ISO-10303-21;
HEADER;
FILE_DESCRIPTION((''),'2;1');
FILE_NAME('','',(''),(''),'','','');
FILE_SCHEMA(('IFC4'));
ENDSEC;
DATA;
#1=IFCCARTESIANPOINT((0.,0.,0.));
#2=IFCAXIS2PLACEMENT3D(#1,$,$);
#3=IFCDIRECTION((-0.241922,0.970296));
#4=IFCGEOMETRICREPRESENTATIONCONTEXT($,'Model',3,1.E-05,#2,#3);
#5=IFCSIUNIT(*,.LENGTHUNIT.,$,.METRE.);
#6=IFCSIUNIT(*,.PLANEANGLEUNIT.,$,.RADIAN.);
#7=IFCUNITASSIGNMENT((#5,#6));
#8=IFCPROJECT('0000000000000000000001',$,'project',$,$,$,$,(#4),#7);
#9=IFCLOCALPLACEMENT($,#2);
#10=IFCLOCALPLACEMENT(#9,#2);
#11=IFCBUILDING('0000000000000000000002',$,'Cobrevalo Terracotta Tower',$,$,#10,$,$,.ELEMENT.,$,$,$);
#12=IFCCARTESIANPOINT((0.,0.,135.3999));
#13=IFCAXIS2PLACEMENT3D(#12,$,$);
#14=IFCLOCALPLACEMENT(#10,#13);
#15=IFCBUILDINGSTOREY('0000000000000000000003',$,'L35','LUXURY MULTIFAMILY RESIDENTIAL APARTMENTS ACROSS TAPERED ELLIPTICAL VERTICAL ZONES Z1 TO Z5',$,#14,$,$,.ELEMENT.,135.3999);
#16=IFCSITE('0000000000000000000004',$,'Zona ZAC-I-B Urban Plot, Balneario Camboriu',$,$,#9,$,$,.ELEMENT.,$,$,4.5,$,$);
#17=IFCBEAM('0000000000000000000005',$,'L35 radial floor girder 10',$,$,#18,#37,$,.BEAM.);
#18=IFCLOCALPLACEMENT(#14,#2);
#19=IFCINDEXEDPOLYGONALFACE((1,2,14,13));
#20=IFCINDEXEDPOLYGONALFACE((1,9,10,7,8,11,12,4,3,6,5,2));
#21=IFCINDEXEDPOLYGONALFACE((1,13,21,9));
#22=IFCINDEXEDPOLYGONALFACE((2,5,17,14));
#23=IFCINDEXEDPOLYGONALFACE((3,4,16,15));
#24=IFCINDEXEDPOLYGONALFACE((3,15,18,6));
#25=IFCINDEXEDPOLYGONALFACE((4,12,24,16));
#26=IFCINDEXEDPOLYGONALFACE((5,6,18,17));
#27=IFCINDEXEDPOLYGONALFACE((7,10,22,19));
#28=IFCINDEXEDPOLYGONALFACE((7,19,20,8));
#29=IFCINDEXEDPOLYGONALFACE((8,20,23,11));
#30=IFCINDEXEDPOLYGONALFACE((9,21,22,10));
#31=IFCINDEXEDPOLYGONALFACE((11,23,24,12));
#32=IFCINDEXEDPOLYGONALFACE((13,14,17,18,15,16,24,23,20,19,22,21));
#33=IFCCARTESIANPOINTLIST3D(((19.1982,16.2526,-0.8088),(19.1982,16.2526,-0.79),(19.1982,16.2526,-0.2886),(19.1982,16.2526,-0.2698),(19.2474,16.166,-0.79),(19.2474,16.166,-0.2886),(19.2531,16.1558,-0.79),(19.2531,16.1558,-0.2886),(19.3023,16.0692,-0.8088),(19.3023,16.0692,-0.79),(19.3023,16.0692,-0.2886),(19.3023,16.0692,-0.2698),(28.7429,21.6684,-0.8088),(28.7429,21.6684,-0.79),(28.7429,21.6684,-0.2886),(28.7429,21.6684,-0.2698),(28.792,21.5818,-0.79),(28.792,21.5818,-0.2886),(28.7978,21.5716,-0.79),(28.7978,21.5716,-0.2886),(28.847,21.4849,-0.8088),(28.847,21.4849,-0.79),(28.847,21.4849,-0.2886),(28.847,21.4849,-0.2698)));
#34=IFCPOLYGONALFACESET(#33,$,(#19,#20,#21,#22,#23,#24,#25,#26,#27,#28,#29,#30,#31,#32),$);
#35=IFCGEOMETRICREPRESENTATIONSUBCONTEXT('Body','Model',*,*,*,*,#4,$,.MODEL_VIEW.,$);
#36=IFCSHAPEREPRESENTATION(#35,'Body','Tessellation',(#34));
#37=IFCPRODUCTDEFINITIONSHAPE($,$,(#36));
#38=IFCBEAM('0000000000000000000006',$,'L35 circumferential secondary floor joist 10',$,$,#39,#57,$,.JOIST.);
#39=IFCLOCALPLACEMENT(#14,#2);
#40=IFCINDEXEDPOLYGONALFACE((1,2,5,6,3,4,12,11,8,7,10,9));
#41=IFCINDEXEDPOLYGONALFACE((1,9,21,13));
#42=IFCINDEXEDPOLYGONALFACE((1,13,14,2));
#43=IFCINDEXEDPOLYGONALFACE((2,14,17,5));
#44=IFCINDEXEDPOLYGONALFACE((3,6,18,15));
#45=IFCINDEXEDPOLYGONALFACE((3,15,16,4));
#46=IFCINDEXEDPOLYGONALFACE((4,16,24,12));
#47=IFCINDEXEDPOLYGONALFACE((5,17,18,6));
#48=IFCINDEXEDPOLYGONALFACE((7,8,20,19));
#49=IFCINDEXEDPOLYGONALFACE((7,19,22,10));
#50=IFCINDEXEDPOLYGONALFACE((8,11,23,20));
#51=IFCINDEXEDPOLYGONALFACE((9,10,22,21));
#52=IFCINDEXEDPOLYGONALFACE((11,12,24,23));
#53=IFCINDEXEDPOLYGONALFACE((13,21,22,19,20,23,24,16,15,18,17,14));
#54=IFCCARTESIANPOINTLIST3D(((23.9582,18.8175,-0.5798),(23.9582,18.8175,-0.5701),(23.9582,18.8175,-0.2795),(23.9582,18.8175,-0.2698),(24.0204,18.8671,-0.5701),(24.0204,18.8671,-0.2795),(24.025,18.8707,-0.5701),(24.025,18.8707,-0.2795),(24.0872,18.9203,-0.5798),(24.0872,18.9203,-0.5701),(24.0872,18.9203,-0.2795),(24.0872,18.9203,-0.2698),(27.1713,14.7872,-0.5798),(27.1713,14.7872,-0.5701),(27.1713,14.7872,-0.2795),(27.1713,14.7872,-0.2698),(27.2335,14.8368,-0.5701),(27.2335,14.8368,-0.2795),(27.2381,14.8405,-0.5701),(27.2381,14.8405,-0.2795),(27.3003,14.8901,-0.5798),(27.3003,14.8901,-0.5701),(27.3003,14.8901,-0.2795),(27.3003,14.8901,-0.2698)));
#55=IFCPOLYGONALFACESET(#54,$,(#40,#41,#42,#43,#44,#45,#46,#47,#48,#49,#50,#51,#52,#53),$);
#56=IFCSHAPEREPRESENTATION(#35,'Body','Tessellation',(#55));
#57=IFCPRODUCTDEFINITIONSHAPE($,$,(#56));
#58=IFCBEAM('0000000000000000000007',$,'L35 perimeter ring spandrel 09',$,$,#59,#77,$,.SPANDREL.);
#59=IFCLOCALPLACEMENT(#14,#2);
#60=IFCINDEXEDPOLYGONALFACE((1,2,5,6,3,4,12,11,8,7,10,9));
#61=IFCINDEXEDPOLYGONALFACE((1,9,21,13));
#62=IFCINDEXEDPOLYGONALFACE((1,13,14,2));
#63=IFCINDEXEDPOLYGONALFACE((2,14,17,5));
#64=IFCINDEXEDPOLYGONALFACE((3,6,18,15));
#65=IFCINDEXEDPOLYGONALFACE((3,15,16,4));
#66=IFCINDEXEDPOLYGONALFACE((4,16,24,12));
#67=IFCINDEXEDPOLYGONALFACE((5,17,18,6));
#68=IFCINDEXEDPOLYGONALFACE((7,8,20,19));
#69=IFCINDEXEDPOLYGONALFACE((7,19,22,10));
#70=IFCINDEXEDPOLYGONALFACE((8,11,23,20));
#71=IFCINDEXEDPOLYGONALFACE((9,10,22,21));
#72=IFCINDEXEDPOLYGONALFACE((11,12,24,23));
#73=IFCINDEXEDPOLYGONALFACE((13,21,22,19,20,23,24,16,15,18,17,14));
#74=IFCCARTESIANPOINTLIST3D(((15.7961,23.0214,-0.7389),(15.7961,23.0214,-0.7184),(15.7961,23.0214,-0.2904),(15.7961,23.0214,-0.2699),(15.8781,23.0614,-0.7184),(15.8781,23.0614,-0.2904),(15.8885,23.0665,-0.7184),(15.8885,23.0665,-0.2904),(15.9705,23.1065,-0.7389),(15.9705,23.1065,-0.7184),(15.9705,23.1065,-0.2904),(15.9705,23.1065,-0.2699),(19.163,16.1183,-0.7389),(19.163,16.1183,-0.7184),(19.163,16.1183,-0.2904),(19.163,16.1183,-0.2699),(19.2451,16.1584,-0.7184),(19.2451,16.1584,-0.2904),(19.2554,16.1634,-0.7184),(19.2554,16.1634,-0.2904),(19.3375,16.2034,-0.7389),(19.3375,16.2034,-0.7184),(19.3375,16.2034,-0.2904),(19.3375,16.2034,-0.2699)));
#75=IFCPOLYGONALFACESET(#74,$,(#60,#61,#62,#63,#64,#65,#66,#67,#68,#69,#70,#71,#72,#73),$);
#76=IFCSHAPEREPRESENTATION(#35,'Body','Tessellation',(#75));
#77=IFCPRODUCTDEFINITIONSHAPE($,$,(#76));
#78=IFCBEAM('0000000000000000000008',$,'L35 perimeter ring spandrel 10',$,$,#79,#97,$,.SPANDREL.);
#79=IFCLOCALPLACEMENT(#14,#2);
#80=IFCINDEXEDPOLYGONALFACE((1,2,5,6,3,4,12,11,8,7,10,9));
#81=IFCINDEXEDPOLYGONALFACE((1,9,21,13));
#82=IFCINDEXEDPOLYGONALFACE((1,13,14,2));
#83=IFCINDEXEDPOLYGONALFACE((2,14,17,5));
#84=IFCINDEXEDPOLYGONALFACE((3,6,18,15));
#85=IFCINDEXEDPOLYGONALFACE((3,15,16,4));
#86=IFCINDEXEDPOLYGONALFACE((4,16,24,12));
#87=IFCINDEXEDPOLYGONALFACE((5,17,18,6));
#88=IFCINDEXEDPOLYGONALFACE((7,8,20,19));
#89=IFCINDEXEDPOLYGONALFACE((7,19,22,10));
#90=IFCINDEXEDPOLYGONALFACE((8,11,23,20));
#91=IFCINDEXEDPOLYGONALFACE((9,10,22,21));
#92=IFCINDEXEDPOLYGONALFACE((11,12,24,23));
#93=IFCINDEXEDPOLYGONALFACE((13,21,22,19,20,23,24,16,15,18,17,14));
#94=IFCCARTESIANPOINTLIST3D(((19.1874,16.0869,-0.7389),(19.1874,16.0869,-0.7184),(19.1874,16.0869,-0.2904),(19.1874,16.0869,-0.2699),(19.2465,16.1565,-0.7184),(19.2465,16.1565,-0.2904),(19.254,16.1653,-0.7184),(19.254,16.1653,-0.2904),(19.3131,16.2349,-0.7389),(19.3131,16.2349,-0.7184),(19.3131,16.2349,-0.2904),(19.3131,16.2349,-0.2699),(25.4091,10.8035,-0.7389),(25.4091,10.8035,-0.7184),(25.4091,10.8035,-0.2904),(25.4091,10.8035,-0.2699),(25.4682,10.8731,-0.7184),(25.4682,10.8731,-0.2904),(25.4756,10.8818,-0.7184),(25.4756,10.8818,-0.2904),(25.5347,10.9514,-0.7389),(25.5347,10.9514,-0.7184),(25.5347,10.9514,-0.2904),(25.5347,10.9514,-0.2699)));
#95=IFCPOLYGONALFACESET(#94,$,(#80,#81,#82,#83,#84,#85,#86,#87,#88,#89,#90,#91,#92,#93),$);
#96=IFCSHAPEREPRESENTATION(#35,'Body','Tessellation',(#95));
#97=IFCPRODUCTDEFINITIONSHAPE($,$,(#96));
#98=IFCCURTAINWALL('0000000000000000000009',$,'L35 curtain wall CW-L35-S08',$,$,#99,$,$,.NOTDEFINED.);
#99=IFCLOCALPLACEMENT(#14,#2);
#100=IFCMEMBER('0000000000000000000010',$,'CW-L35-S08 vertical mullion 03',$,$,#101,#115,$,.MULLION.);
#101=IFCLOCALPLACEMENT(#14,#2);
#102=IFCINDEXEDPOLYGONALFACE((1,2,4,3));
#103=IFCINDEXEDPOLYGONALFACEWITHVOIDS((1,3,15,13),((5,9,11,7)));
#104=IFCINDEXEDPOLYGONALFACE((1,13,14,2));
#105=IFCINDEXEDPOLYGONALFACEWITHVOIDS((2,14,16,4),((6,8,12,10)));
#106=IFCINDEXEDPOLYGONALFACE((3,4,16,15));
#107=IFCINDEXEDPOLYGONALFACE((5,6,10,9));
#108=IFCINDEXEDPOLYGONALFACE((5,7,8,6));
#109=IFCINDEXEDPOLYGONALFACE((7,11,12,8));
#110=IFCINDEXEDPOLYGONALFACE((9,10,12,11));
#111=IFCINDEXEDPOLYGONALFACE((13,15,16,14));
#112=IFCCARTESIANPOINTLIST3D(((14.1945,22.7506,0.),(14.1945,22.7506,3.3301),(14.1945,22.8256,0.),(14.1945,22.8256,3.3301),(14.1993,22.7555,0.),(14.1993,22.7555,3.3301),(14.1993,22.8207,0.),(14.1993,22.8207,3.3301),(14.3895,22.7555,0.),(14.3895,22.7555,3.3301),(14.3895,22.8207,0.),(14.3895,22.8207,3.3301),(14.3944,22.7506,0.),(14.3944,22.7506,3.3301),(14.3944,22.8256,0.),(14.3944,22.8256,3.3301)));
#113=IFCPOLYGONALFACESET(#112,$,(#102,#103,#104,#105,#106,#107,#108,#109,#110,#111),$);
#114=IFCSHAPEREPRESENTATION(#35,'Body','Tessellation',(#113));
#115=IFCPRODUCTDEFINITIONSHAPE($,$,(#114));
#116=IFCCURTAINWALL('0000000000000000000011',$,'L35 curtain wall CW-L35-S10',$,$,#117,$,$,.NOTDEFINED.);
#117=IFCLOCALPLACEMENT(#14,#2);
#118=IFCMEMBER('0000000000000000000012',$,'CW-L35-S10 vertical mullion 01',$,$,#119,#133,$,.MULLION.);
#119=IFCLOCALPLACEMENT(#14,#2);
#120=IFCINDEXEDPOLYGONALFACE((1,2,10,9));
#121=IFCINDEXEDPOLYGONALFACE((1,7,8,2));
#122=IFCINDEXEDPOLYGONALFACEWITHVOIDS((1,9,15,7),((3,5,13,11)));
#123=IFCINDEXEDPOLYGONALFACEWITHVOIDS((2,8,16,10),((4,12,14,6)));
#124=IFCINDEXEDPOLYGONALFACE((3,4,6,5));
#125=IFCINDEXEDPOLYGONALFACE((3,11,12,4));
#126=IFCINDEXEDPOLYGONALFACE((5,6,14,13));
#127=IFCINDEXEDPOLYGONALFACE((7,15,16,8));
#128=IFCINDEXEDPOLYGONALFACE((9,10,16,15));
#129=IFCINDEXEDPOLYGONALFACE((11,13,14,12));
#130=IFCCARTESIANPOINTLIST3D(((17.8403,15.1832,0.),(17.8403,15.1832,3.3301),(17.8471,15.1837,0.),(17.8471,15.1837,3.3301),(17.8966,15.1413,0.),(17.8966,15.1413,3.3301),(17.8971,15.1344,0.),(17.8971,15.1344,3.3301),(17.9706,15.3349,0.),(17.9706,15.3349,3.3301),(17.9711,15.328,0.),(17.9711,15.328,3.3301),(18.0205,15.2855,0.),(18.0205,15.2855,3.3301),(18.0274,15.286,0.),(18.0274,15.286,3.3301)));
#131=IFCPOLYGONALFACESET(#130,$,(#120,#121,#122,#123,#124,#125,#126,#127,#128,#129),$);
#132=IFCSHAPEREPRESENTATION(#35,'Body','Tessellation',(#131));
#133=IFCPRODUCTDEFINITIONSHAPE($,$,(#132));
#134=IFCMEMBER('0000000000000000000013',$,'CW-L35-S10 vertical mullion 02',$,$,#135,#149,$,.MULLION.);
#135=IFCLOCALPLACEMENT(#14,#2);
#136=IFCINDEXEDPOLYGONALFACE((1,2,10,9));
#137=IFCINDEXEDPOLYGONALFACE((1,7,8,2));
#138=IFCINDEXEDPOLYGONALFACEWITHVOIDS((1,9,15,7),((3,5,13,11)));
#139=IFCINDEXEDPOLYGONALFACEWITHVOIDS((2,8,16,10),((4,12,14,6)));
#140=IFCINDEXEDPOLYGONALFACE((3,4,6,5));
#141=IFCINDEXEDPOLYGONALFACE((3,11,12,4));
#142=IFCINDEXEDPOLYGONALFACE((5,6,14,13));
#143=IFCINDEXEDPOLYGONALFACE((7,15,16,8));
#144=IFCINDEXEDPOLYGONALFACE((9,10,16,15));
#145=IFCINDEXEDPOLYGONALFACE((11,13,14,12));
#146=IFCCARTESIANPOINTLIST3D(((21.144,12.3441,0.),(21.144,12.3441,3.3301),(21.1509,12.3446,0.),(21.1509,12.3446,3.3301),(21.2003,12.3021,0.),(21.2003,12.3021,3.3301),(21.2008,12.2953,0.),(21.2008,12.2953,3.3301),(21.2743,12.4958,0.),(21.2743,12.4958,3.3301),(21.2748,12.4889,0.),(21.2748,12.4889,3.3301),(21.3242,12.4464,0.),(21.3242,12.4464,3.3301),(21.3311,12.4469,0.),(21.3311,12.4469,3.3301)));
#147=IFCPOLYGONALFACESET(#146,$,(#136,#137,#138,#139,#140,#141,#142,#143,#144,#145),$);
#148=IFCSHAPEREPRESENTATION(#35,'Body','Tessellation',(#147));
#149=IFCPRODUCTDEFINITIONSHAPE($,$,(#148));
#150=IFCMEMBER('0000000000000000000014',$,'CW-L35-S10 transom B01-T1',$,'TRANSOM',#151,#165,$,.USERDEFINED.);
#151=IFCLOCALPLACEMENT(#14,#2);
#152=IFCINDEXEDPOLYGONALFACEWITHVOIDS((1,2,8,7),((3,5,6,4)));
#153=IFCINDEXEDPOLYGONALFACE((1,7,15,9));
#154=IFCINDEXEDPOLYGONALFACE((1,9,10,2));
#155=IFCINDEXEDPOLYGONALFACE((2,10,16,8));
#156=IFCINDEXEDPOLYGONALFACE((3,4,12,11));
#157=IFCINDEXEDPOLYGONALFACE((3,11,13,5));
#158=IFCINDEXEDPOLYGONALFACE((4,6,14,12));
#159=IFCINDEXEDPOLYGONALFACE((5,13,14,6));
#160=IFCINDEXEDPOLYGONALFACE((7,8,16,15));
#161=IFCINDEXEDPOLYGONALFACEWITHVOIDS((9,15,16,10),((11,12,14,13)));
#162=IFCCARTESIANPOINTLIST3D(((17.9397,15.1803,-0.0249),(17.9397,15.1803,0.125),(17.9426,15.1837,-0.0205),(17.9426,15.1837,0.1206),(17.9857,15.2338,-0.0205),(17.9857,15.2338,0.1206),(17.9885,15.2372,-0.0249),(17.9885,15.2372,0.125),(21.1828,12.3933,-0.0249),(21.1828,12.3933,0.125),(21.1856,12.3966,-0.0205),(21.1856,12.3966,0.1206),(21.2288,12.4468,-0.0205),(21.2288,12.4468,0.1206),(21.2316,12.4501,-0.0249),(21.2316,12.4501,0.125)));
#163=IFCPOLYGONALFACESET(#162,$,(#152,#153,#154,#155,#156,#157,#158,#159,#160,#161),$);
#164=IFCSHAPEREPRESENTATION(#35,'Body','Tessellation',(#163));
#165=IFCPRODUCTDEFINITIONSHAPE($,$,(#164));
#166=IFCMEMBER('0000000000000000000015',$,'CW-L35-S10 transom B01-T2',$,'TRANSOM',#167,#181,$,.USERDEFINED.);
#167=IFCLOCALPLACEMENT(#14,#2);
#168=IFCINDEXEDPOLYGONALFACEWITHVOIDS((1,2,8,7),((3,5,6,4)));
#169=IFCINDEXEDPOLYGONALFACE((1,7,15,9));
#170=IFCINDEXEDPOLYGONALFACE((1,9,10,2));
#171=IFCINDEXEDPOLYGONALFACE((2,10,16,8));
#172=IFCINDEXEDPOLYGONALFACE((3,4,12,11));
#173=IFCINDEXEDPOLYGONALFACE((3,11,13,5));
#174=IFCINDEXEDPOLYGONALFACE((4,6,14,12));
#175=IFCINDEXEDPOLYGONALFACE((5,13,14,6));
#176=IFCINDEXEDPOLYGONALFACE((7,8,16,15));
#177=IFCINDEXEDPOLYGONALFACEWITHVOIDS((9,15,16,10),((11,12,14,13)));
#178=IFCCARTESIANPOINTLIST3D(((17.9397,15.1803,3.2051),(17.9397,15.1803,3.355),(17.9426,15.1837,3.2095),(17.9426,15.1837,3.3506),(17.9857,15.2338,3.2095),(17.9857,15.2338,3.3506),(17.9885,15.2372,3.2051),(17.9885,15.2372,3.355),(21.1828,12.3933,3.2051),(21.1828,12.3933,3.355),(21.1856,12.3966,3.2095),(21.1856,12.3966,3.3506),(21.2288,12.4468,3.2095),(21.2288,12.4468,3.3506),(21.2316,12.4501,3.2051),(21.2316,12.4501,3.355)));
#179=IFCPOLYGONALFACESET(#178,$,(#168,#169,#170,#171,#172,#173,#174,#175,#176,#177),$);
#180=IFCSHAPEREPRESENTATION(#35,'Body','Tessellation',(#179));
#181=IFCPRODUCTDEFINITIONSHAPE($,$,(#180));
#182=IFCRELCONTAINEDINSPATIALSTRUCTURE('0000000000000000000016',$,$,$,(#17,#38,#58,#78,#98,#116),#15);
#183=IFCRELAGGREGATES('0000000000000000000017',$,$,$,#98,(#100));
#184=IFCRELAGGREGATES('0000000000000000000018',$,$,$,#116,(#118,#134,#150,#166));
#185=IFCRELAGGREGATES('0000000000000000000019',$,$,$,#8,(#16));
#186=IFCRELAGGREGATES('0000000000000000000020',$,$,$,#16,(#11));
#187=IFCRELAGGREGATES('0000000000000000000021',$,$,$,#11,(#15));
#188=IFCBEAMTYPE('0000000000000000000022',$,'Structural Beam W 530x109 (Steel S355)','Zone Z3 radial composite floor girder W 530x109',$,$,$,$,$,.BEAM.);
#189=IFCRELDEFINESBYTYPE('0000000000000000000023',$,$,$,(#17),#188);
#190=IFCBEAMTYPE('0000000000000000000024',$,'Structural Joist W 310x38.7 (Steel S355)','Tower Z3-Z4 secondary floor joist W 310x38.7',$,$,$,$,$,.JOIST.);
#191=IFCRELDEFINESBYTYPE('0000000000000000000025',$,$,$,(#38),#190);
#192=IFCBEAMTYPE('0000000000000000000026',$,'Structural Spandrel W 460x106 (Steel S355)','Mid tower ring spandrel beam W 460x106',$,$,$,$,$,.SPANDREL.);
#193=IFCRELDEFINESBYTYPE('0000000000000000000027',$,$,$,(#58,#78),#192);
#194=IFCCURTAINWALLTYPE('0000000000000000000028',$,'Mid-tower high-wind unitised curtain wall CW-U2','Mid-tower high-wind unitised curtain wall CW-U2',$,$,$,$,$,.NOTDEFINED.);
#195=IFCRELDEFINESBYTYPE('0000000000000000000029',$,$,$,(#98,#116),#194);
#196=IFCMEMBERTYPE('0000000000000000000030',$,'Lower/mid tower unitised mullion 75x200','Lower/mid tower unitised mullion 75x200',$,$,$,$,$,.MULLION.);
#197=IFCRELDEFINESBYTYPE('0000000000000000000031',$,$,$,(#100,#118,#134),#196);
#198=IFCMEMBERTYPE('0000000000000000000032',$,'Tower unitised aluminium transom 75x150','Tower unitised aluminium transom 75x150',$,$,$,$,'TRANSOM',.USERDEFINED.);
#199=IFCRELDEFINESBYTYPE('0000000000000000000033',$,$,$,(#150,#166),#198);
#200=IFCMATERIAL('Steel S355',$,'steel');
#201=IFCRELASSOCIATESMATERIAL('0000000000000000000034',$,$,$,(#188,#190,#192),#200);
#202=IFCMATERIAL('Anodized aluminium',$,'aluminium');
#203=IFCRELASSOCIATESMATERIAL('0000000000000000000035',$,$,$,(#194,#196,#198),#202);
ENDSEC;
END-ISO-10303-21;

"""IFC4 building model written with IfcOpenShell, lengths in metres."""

from ifc_helpers import new_model, si_unit, direction, frame, origin, origin_2d, place, context, subcontext, project, spatial, hollow_rectangle, i_section, extrude, source, transform, mapped, material, material_profile, profile_set, type_object, element, aggregate, save


model = new_model("IFC4")

# Units and contexts
model_context = context("Model", 3, precision=1e-05, world=origin(), true_north=direction((-0.241922, 0.970296)))
body_context = subcontext(model_context, "Body", "Model", "MODEL_VIEW")
ifc_project = project(units=[si_unit("LENGTHUNIT", "METRE"), si_unit("PLANEANGLEUNIT", "RADIAN")], contexts=[model_context])

# Site, building, storey
site_placement = place(None, origin())
site = spatial("IfcSite", under=ifc_project, at=site_placement, Name="Zona ZAC-I-B Urban Plot, Balneario Camboriu", CompositionType="ELEMENT", RefElevation=4.5)
building_placement = place(site_placement, origin())
building = spatial("IfcBuilding", under=site, at=building_placement, Name="Cobrevalo Terracotta Tower", CompositionType="ELEMENT")
storey_placement = place(building_placement, frame((0.0, 0.0, 135.3999)))
storey = spatial("IfcBuildingStorey", under=building, at=storey_placement, Name="L35", Description="LUXURY MULTIFAMILY RESIDENTIAL APARTMENTS ACROSS TAPERED ELLIPTICAL VERTICAL ZONES Z1 TO Z5", CompositionType="ELEMENT", Elevation=135.3999)

# Shared definitions
ifc_material_1 = material(Name="Steel S355", Category="steel")

# Beams
ifc_material_profile_1 = material_profile(ifc_material_1, i_section(OverallWidth=0.2109, OverallDepth=0.5391, WebThickness=0.0117, FlangeThickness=0.0188, at=origin_2d()), Name="W 530x109")
ifc_profile_set_1 = profile_set([ifc_material_profile_1], Name="Steel S355")
beam_type_1 = type_object("IfcBeamType", Name="Structural Beam W 530x109 (Steel S355)", Description="Zone Z3 radial composite floor girder W 530x109", PredefinedType="BEAM", material=ifc_profile_set_1)
beam_1_placement = place(storey_placement, frame((19.2502, 16.1609, -0.5393), z_axis=(0.869744, 0.493504, 0.0), x_axis=(-0.493504, 0.869744, 0.0)))
element("IfcBeam", 1, at=beam_1_placement, inside=storey, type_object=beam_type_1, Name="L35 radial floor girder 10", PredefinedType="BEAM", context=body_context, shape_type="SweptSolid", body=[
    extrude(i_section(OverallWidth=0.2109, OverallDepth=0.5391, WebThickness=0.0117, FlangeThickness=0.0188, at=origin_2d()), origin(), (0.0, 0.0, 1.0), 10.9741),
])
ifc_material_profile_2 = material_profile(ifc_material_1, i_section(OverallWidth=0.165, OverallDepth=0.3101, WebThickness=0.0059, FlangeThickness=0.0098, at=origin_2d()), Name="W 310x38.7")
ifc_profile_set_2 = profile_set([ifc_material_profile_2], Name="Steel S355")
beam_type_2 = type_object("IfcBeamType", Name="Structural Joist W 310x38.7 (Steel S355)", Description="Tower Z3-Z4 secondary floor joist W 310x38.7", PredefinedType="JOIST", material=ifc_profile_set_2)
beam_2_placement = place(storey_placement, frame((24.0227, 18.8689, -0.4248), z_axis=(0.623383, -0.781917, 0.0), x_axis=(0.781917, 0.623383, 0.0)))
element("IfcBeam", 2, at=beam_2_placement, inside=storey, type_object=beam_type_2, Name="L35 circumferential secondary floor joist 10", PredefinedType="JOIST", context=body_context, shape_type="SweptSolid", body=[
    extrude(i_section(OverallWidth=0.165, OverallDepth=0.3101, WebThickness=0.0059, FlangeThickness=0.0098, at=origin_2d()), origin(), (0.0, 0.0, 1.0), 5.1543),
])
ifc_material_profile_3 = material_profile(ifc_material_1, i_section(OverallWidth=0.1941, OverallDepth=0.469, WebThickness=0.0115, FlangeThickness=0.0205, at=origin_2d()), Name="W 460x106")
ifc_profile_set_3 = profile_set([ifc_material_profile_3], Name="Steel S355")
beam_type_3 = type_object("IfcBeamType", Name="Structural Spandrel W 460x106 (Steel S355)", Description="Mid tower ring spandrel beam W 460x106", PredefinedType="SPANDREL", material=ifc_profile_set_3)
beam_3_placement = place(storey_placement, frame((15.8833, 23.064, -0.5044), z_axis=(0.43838, -0.89879, 0.0), x_axis=(0.89879, 0.43838, 0.0)))
element("IfcBeam", 3, at=beam_3_placement, inside=storey, type_object=beam_type_3, Name="L35 perimeter ring spandrel 09", PredefinedType="SPANDREL", context=body_context, shape_type="SweptSolid", body=[
    extrude(i_section(OverallWidth=0.1941, OverallDepth=0.469, WebThickness=0.0115, FlangeThickness=0.0205, at=origin_2d()), origin(), (0.0, 0.0, 1.0), 7.6804),
])
beam_4_placement = place(storey_placement, frame((19.2502, 16.1609, -0.5044), z_axis=(0.76224, -0.647294, 0.0), x_axis=(0.647294, 0.76224, 0.0)))
element("IfcBeam", 4, at=beam_4_placement, inside=storey, type_object=beam_type_3, Name="L35 perimeter ring spandrel 10", PredefinedType="SPANDREL", context=body_context, shape_type="SweptSolid", body=[
    extrude(i_section(OverallWidth=0.1941, OverallDepth=0.469, WebThickness=0.0115, FlangeThickness=0.0205, at=origin_2d()), origin(), (0.0, 0.0, 1.0), 8.1624),
])

# Curtain wall, member
ifc_material_2 = material(Name="Anodized aluminium", Category="aluminium")
curtain_wall_type = type_object("IfcCurtainWallType", Name="Mid-tower high-wind unitised curtain wall CW-U2", Description="Mid-tower high-wind unitised curtain wall CW-U2", PredefinedType="NOTDEFINED", material=ifc_material_2)
curtain_wall_1_placement = place(storey_placement, origin())
curtain_wall_1 = element("IfcCurtainWall", 5, at=curtain_wall_1_placement, inside=storey, type_object=curtain_wall_type, Name="L35 curtain wall CW-L35-S08", PredefinedType="NOTDEFINED")
ifc_material_profile_4 = material_profile(ifc_material_2, hollow_rectangle(XDim=0.075, YDim=0.2, WallThickness=0.0049, at=origin_2d()), Name="CWM 75x200")
ifc_profile_set_4 = profile_set([ifc_material_profile_4], Name="Anodized aluminium")
member_type_1 = type_object("IfcMemberType", Name="Lower/mid tower unitised mullion 75x200", Description="Lower/mid tower unitised mullion 75x200", PredefinedType="MULLION", material=ifc_profile_set_4)
shared_shape_1 = source(origin(), body_context, "Body", "SweptSolid", [
    extrude(hollow_rectangle(XDim=0.075, YDim=0.2, WallThickness=0.0049, at=origin_2d()), origin(), (0.0, 0.0, 1.0), 3.3301),
])
member_1_placement = place(storey_placement, frame((14.2944, 22.7881, 0.0), z_axis=(0.0, 0.0, 1.0), x_axis=(0.0, -1.0, 0.0)))
member_1 = element("IfcMember", 6, at=member_1_placement, type_object=member_type_1, Name="CW-L35-S08 vertical mullion 03", PredefinedType="MULLION", context=body_context, shape_type="MappedRepresentation", body=[
    mapped(shared_shape_1, transform((0.0, 0.0, 0.0), scale=1.0)),
])
aggregate(curtain_wall_1, [member_1])

# Curtain wall, members
curtain_wall_2_placement = place(storey_placement, origin())
curtain_wall_2 = element("IfcCurtainWall", 7, at=curtain_wall_2_placement, inside=storey, type_object=curtain_wall_type, Name="L35 curtain wall CW-L35-S10", PredefinedType="NOTDEFINED")
member_2_placement = place(storey_placement, frame((17.9338, 15.2346, 0.0), z_axis=(0.0, 0.0, 1.0), x_axis=(0.758442, -0.651741, 0.0)))
member_2 = element("IfcMember", 8, at=member_2_placement, type_object=member_type_1, Name="CW-L35-S10 vertical mullion 01", PredefinedType="MULLION", context=body_context, shape_type="MappedRepresentation", body=[
    mapped(shared_shape_1, transform((0.0, 0.0, 0.0), scale=1.0)),
])
member_3_placement = place(storey_placement, frame((21.2375, 12.3955, 0.0), z_axis=(0.0, 0.0, 1.0), x_axis=(0.758442, -0.651741, 0.0)))
member_3 = element("IfcMember", 9, at=member_3_placement, type_object=member_type_1, Name="CW-L35-S10 vertical mullion 02", PredefinedType="MULLION", context=body_context, shape_type="MappedRepresentation", body=[
    mapped(shared_shape_1, transform((0.0, 0.0, 0.0), scale=1.0)),
])
ifc_material_profile_5 = material_profile(ifc_material_2, hollow_rectangle(XDim=0.075, YDim=0.1499, WallThickness=0.0044, at=origin_2d()), Name="CWT 75x150")
ifc_profile_set_5 = profile_set([ifc_material_profile_5], Name="Anodized aluminium")
member_type_2 = type_object("IfcMemberType", Name="Tower unitised aluminium transom 75x150", Description="Tower unitised aluminium transom 75x150", ElementType="TRANSOM", PredefinedType="USERDEFINED", material=ifc_profile_set_5)
shared_shape_2 = source(origin(), body_context, "Body", "SweptSolid", [
    extrude(hollow_rectangle(XDim=0.075, YDim=0.1499, WallThickness=0.0044, at=origin_2d()), origin(), (0.0, 0.0, 1.0), 4.2761),
])
member_4_placement = place(storey_placement, frame((17.9641, 15.2087, 0.05), z_axis=(0.758418, -0.651769, 0.0), x_axis=(0.651769, 0.758418, 0.0)))
member_4 = element("IfcMember", 10, at=member_4_placement, type_object=member_type_2, Name="CW-L35-S10 transom B01-T1", ObjectType="TRANSOM", PredefinedType="USERDEFINED", context=body_context, shape_type="MappedRepresentation", body=[
    mapped(shared_shape_2, transform((0.0, 0.0, 0.0), scale=1.0)),
])
member_5_placement = place(storey_placement, frame((17.9641, 15.2087, 3.28), z_axis=(0.758418, -0.651769, 0.0), x_axis=(0.651769, 0.758418, 0.0)))
member_5 = element("IfcMember", 11, at=member_5_placement, type_object=member_type_2, Name="CW-L35-S10 transom B01-T2", ObjectType="TRANSOM", PredefinedType="USERDEFINED", context=body_context, shape_type="MappedRepresentation", body=[
    mapped(shared_shape_2, transform((0.0, 0.0, 0.0), scale=1.0)),
])
aggregate(curtain_wall_2, [member_2, member_3, member_4, member_5])

save(model, "model.ifc")
